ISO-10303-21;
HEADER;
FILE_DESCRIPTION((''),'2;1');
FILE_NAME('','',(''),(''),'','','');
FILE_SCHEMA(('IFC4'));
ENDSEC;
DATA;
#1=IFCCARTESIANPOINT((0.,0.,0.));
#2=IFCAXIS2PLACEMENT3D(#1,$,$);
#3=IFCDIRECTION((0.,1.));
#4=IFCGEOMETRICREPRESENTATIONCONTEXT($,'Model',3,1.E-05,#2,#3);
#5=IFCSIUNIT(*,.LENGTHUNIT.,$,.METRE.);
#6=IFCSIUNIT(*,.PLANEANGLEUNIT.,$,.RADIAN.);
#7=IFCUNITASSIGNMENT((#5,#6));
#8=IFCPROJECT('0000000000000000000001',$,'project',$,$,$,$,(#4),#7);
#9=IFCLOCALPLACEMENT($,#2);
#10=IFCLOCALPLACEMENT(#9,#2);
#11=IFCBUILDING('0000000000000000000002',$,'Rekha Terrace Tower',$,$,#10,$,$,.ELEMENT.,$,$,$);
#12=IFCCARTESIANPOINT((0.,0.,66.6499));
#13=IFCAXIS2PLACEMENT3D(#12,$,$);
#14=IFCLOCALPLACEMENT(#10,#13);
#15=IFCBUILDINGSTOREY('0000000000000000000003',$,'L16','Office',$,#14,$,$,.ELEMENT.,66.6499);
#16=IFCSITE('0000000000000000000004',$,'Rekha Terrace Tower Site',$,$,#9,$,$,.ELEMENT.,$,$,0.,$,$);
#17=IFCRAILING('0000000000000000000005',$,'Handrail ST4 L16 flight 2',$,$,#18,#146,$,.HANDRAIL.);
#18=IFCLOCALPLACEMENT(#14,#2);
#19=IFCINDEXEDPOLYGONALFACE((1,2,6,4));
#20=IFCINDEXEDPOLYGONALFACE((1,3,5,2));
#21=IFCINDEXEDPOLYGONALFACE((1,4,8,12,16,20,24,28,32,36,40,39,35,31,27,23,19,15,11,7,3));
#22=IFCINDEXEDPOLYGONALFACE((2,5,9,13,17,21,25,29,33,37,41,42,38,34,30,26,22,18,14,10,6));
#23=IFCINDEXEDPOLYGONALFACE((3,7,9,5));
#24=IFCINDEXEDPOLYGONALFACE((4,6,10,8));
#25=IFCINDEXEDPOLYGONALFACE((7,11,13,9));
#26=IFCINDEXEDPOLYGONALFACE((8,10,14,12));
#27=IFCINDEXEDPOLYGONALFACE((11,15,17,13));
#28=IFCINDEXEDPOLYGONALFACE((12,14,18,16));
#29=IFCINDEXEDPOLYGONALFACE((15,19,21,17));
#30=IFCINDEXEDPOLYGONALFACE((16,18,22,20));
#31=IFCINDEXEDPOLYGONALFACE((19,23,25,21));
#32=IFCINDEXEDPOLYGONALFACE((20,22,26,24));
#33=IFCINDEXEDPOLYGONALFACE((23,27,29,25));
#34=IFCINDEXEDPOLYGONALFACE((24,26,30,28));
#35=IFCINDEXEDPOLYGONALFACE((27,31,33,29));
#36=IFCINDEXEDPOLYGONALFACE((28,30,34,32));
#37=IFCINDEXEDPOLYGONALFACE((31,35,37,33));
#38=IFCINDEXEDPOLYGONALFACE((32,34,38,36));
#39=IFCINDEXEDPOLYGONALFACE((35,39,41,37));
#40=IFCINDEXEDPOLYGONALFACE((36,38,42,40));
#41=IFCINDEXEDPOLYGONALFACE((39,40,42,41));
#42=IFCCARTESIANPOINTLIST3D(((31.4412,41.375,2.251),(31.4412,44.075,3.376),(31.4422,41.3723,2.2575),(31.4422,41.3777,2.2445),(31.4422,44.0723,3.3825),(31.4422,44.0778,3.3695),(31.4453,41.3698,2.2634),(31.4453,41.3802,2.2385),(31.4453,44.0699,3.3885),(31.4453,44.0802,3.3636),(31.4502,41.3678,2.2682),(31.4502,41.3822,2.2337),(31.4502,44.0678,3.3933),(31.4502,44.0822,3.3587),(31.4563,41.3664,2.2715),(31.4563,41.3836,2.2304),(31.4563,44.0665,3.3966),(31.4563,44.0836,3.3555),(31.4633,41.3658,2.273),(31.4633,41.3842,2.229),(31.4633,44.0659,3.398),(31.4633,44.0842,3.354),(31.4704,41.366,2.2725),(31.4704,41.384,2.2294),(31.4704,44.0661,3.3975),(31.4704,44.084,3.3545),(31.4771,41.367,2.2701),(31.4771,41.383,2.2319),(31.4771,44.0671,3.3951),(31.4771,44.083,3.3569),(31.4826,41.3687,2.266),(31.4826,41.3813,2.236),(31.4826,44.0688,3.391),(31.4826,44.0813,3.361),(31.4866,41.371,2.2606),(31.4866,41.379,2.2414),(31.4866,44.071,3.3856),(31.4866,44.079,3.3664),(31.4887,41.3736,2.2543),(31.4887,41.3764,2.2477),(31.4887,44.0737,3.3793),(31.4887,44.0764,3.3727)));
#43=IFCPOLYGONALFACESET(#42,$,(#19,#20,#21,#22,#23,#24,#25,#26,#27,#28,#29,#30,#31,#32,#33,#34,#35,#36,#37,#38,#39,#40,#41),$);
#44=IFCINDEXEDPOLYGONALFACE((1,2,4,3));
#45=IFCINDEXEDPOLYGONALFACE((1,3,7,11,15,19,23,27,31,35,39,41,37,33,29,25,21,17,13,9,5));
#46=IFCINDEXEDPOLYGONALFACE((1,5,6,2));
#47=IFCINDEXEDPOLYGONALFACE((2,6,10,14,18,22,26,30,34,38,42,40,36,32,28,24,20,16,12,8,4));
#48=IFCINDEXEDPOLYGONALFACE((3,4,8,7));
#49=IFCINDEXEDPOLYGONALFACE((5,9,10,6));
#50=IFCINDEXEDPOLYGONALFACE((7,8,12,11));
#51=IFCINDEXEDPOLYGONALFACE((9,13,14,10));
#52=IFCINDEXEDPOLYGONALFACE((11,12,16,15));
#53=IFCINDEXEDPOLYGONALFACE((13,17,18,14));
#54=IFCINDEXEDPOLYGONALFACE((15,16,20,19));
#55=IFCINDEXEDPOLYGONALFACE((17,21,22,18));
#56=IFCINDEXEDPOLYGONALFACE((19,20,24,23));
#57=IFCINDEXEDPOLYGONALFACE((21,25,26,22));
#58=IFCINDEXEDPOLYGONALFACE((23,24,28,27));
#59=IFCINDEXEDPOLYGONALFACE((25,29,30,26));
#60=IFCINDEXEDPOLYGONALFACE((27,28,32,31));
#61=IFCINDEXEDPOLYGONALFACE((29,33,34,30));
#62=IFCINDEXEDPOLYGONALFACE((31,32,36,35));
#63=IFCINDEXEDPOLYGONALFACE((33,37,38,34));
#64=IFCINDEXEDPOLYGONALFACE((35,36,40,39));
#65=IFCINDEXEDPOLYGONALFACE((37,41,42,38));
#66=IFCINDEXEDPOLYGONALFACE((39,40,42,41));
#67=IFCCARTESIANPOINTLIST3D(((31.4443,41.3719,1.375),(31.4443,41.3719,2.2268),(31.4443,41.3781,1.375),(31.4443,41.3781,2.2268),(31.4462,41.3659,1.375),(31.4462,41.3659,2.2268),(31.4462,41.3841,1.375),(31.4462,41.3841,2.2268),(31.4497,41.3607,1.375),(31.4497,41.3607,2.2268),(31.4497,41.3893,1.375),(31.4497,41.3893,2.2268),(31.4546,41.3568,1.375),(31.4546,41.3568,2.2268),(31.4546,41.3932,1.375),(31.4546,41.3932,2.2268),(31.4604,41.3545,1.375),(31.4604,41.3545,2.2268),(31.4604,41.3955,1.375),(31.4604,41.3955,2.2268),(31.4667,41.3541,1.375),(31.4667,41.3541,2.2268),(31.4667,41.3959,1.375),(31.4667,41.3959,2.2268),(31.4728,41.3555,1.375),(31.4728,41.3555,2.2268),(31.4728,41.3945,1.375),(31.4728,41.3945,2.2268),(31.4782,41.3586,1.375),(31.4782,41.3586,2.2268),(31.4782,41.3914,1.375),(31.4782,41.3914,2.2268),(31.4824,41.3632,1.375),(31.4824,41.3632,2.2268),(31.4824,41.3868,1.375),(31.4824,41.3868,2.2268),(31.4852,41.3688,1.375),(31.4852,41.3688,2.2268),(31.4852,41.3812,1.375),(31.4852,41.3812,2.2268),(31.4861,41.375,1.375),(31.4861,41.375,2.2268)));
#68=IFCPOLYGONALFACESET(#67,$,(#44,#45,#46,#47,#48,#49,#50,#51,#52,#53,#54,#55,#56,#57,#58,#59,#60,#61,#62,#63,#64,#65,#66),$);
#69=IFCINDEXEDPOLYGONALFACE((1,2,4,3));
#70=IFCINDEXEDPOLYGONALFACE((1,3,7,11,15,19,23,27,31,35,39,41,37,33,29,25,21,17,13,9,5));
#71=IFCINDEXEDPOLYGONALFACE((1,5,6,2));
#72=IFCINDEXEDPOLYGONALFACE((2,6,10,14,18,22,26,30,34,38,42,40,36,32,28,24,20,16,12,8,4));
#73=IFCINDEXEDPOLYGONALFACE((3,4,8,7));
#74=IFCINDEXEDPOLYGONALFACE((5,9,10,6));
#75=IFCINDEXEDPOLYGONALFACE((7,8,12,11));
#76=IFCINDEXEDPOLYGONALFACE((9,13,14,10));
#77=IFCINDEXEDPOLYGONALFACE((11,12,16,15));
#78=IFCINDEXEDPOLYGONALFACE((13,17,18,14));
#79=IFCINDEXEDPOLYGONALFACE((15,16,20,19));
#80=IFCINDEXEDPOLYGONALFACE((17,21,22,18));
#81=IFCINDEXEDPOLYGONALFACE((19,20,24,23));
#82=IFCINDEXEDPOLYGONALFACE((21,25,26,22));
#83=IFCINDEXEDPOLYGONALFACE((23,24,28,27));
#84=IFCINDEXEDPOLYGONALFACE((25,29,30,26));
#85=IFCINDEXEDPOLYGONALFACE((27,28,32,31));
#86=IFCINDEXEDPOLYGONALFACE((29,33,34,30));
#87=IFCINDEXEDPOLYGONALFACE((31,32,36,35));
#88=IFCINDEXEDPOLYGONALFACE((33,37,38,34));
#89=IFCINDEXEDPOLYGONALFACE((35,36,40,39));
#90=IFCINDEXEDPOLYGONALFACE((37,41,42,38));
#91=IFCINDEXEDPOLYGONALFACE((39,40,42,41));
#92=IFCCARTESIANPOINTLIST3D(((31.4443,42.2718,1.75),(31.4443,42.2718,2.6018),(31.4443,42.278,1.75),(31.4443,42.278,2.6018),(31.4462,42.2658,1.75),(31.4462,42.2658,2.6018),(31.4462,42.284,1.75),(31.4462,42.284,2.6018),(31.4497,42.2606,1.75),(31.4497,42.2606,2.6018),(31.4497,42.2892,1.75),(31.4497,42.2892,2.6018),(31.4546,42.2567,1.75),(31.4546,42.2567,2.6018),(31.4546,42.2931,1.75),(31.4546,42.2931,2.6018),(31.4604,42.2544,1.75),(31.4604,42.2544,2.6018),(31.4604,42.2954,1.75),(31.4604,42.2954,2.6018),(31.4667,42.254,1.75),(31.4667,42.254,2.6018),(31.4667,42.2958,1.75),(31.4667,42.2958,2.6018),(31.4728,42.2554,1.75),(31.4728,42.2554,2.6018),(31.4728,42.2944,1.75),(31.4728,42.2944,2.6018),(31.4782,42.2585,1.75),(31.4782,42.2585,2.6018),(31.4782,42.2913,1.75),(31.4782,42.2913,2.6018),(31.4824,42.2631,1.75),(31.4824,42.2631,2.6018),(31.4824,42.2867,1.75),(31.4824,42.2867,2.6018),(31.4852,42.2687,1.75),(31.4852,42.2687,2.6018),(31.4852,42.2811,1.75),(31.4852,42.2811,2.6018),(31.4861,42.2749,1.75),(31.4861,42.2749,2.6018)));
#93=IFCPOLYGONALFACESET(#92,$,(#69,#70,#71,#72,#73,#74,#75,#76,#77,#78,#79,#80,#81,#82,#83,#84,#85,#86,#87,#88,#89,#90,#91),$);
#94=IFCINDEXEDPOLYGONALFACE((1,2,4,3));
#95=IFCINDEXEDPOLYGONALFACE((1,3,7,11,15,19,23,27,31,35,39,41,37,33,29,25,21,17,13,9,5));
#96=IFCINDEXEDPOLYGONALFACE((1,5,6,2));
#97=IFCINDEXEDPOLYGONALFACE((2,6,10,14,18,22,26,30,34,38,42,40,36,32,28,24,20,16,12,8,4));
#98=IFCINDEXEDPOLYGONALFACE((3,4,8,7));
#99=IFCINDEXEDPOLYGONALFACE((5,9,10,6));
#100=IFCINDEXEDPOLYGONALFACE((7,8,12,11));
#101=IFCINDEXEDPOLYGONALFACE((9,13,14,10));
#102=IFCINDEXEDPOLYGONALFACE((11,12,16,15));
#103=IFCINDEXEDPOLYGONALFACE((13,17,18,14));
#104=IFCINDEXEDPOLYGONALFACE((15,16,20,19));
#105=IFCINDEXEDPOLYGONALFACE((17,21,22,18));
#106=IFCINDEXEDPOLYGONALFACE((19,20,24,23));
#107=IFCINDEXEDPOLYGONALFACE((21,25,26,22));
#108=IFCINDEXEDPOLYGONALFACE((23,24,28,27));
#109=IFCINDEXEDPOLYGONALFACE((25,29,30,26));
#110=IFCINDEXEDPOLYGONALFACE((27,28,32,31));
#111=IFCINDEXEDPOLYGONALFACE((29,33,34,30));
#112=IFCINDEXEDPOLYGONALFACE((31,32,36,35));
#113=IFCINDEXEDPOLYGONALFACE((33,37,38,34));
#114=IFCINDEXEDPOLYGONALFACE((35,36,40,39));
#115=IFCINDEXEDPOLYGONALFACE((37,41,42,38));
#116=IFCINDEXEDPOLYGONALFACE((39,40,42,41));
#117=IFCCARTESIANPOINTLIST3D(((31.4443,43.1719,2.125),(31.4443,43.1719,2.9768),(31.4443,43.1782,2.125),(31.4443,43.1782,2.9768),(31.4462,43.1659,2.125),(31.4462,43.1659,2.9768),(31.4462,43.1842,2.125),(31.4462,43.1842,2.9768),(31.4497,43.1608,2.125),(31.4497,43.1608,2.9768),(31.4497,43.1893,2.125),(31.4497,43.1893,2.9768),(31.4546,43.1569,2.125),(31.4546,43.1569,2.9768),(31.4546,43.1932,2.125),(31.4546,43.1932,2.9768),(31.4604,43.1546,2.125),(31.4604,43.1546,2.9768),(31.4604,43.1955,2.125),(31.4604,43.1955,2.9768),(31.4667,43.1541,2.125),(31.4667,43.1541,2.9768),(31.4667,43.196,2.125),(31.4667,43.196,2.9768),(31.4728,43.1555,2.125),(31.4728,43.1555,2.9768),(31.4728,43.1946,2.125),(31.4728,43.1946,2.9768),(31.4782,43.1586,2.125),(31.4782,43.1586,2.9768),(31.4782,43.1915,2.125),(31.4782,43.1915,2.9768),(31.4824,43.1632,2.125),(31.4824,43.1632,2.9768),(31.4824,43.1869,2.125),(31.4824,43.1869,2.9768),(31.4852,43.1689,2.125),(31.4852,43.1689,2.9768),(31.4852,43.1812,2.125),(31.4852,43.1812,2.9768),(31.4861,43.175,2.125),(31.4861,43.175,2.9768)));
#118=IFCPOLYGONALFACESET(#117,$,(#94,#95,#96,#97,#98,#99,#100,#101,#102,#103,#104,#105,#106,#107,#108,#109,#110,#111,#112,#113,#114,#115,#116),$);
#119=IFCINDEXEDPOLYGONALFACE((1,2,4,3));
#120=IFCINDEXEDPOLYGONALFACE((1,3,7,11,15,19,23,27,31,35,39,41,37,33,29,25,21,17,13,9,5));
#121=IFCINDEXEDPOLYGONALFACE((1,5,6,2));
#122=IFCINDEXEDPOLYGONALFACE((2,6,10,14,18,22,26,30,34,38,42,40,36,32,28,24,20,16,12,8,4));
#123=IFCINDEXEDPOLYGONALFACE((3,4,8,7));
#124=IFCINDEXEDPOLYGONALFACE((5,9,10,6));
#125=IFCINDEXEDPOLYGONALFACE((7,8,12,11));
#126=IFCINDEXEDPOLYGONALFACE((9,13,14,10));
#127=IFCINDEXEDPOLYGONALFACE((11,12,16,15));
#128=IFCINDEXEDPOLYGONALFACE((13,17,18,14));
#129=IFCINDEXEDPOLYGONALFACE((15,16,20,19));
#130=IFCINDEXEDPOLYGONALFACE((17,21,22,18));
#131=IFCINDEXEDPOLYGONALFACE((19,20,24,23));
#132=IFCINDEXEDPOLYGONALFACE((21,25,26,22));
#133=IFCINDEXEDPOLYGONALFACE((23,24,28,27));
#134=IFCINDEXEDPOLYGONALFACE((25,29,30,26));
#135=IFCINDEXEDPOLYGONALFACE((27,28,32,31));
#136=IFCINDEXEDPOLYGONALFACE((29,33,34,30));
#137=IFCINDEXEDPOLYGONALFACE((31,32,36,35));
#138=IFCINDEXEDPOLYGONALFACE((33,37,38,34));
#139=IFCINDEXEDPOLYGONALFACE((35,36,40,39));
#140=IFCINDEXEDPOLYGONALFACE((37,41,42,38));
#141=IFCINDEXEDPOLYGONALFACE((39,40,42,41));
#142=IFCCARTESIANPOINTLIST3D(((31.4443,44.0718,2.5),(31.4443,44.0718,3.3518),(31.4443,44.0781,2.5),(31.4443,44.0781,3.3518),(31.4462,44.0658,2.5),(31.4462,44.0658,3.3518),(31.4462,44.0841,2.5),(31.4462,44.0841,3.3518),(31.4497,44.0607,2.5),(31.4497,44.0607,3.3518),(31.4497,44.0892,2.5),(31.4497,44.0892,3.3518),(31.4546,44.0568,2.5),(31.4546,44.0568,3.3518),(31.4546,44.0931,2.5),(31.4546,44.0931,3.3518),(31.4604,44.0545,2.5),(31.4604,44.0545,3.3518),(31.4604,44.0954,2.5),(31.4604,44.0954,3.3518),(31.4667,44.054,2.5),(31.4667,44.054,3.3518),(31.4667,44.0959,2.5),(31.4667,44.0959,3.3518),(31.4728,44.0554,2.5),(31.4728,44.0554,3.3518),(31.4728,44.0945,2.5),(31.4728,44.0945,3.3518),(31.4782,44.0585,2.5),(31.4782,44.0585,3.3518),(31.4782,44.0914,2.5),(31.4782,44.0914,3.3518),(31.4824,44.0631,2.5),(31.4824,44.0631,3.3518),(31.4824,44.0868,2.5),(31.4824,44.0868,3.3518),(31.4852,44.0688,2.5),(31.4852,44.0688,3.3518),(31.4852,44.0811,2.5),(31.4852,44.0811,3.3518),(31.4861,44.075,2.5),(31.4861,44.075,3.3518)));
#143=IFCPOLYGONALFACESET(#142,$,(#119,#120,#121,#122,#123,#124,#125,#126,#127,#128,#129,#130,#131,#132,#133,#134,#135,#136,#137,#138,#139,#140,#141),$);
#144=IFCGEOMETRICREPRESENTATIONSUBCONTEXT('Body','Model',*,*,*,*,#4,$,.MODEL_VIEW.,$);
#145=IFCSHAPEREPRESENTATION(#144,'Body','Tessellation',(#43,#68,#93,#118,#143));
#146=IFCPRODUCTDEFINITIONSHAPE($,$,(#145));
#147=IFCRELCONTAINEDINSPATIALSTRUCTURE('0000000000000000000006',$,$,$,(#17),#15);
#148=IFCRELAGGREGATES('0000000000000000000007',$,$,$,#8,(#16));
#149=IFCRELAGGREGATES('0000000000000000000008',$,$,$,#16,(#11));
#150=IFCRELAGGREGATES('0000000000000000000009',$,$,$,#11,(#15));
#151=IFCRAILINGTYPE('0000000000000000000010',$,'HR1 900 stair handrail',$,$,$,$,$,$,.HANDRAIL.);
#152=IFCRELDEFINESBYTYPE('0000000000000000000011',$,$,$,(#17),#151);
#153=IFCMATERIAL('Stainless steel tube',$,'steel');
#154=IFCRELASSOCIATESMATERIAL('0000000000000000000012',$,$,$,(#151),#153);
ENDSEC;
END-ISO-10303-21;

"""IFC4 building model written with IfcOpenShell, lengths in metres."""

from ifc_helpers import new_model, si_unit, direction, frame, origin, origin_2d, place, context, subcontext, project, spatial, circle, extrude, material, type_object, element, save


model = new_model("IFC4")

# Units and contexts
model_context = context("Model", 3, precision=1e-05, world=origin(), true_north=direction((0.0, 1.0)))
body_context = subcontext(model_context, "Body", "Model", "MODEL_VIEW")
ifc_project = project(units=[si_unit("LENGTHUNIT", "METRE"), si_unit("PLANEANGLEUNIT", "RADIAN")], contexts=[model_context])

# Site, building, storey
site_placement = place(None, origin())
site = spatial("IfcSite", under=ifc_project, at=site_placement, Name="Rekha Terrace Tower Site", CompositionType="ELEMENT", RefElevation=0.0)
building_placement = place(site_placement, origin())
building = spatial("IfcBuilding", under=site, at=building_placement, Name="Rekha Terrace Tower", CompositionType="ELEMENT")
storey_placement = place(building_placement, frame((0.0, 0.0, 66.6499)))
storey = spatial("IfcBuildingStorey", under=building, at=storey_placement, Name="L16", Description="Office", CompositionType="ELEMENT", Elevation=66.6499)

# Railing
ifc_material_1 = material(Name="Stainless steel tube", Category="steel")
railing_type_1 = type_object("IfcRailingType", Name="HR1 900 stair handrail", PredefinedType="HANDRAIL", material=ifc_material_1)
railing_1_placement = place(storey_placement, frame((31.4651, 41.375, 1.375)))
element("IfcRailing", 1, at=railing_1_placement, inside=storey, type_object=railing_type_1, Name="Handrail ST4 L16 flight 2", PredefinedType="HANDRAIL", context=body_context, shape_type="SweptSolid", body=[
    extrude(circle(Radius=0.0239, at=origin_2d()), frame((0.0, 0.0, 0.876), z_axis=(0.0, 0.923074, 0.384621), x_axis=(-1.0, 0.0, 0.0)), (0.0, 0.0, 1.0), 2.925),
    extrude(circle(Radius=0.021, at=origin_2d()), origin(), (0.0, 0.0, 1.0), 0.8518),
    extrude(circle(Radius=0.021, at=origin_2d()), frame((0.0, 0.8999, 0.375)), (0.0, 0.0, 1.0), 0.8518),
    extrude(circle(Radius=0.021, at=origin_2d()), frame((0.0, 1.8, 0.75)), (0.0, 0.0, 1.0), 0.8518),
    extrude(circle(Radius=0.021, at=origin_2d()), frame((0.0, 2.7, 1.125)), (0.0, 0.0, 1.0), 0.8518),
])

save(model, "model.ifc")
